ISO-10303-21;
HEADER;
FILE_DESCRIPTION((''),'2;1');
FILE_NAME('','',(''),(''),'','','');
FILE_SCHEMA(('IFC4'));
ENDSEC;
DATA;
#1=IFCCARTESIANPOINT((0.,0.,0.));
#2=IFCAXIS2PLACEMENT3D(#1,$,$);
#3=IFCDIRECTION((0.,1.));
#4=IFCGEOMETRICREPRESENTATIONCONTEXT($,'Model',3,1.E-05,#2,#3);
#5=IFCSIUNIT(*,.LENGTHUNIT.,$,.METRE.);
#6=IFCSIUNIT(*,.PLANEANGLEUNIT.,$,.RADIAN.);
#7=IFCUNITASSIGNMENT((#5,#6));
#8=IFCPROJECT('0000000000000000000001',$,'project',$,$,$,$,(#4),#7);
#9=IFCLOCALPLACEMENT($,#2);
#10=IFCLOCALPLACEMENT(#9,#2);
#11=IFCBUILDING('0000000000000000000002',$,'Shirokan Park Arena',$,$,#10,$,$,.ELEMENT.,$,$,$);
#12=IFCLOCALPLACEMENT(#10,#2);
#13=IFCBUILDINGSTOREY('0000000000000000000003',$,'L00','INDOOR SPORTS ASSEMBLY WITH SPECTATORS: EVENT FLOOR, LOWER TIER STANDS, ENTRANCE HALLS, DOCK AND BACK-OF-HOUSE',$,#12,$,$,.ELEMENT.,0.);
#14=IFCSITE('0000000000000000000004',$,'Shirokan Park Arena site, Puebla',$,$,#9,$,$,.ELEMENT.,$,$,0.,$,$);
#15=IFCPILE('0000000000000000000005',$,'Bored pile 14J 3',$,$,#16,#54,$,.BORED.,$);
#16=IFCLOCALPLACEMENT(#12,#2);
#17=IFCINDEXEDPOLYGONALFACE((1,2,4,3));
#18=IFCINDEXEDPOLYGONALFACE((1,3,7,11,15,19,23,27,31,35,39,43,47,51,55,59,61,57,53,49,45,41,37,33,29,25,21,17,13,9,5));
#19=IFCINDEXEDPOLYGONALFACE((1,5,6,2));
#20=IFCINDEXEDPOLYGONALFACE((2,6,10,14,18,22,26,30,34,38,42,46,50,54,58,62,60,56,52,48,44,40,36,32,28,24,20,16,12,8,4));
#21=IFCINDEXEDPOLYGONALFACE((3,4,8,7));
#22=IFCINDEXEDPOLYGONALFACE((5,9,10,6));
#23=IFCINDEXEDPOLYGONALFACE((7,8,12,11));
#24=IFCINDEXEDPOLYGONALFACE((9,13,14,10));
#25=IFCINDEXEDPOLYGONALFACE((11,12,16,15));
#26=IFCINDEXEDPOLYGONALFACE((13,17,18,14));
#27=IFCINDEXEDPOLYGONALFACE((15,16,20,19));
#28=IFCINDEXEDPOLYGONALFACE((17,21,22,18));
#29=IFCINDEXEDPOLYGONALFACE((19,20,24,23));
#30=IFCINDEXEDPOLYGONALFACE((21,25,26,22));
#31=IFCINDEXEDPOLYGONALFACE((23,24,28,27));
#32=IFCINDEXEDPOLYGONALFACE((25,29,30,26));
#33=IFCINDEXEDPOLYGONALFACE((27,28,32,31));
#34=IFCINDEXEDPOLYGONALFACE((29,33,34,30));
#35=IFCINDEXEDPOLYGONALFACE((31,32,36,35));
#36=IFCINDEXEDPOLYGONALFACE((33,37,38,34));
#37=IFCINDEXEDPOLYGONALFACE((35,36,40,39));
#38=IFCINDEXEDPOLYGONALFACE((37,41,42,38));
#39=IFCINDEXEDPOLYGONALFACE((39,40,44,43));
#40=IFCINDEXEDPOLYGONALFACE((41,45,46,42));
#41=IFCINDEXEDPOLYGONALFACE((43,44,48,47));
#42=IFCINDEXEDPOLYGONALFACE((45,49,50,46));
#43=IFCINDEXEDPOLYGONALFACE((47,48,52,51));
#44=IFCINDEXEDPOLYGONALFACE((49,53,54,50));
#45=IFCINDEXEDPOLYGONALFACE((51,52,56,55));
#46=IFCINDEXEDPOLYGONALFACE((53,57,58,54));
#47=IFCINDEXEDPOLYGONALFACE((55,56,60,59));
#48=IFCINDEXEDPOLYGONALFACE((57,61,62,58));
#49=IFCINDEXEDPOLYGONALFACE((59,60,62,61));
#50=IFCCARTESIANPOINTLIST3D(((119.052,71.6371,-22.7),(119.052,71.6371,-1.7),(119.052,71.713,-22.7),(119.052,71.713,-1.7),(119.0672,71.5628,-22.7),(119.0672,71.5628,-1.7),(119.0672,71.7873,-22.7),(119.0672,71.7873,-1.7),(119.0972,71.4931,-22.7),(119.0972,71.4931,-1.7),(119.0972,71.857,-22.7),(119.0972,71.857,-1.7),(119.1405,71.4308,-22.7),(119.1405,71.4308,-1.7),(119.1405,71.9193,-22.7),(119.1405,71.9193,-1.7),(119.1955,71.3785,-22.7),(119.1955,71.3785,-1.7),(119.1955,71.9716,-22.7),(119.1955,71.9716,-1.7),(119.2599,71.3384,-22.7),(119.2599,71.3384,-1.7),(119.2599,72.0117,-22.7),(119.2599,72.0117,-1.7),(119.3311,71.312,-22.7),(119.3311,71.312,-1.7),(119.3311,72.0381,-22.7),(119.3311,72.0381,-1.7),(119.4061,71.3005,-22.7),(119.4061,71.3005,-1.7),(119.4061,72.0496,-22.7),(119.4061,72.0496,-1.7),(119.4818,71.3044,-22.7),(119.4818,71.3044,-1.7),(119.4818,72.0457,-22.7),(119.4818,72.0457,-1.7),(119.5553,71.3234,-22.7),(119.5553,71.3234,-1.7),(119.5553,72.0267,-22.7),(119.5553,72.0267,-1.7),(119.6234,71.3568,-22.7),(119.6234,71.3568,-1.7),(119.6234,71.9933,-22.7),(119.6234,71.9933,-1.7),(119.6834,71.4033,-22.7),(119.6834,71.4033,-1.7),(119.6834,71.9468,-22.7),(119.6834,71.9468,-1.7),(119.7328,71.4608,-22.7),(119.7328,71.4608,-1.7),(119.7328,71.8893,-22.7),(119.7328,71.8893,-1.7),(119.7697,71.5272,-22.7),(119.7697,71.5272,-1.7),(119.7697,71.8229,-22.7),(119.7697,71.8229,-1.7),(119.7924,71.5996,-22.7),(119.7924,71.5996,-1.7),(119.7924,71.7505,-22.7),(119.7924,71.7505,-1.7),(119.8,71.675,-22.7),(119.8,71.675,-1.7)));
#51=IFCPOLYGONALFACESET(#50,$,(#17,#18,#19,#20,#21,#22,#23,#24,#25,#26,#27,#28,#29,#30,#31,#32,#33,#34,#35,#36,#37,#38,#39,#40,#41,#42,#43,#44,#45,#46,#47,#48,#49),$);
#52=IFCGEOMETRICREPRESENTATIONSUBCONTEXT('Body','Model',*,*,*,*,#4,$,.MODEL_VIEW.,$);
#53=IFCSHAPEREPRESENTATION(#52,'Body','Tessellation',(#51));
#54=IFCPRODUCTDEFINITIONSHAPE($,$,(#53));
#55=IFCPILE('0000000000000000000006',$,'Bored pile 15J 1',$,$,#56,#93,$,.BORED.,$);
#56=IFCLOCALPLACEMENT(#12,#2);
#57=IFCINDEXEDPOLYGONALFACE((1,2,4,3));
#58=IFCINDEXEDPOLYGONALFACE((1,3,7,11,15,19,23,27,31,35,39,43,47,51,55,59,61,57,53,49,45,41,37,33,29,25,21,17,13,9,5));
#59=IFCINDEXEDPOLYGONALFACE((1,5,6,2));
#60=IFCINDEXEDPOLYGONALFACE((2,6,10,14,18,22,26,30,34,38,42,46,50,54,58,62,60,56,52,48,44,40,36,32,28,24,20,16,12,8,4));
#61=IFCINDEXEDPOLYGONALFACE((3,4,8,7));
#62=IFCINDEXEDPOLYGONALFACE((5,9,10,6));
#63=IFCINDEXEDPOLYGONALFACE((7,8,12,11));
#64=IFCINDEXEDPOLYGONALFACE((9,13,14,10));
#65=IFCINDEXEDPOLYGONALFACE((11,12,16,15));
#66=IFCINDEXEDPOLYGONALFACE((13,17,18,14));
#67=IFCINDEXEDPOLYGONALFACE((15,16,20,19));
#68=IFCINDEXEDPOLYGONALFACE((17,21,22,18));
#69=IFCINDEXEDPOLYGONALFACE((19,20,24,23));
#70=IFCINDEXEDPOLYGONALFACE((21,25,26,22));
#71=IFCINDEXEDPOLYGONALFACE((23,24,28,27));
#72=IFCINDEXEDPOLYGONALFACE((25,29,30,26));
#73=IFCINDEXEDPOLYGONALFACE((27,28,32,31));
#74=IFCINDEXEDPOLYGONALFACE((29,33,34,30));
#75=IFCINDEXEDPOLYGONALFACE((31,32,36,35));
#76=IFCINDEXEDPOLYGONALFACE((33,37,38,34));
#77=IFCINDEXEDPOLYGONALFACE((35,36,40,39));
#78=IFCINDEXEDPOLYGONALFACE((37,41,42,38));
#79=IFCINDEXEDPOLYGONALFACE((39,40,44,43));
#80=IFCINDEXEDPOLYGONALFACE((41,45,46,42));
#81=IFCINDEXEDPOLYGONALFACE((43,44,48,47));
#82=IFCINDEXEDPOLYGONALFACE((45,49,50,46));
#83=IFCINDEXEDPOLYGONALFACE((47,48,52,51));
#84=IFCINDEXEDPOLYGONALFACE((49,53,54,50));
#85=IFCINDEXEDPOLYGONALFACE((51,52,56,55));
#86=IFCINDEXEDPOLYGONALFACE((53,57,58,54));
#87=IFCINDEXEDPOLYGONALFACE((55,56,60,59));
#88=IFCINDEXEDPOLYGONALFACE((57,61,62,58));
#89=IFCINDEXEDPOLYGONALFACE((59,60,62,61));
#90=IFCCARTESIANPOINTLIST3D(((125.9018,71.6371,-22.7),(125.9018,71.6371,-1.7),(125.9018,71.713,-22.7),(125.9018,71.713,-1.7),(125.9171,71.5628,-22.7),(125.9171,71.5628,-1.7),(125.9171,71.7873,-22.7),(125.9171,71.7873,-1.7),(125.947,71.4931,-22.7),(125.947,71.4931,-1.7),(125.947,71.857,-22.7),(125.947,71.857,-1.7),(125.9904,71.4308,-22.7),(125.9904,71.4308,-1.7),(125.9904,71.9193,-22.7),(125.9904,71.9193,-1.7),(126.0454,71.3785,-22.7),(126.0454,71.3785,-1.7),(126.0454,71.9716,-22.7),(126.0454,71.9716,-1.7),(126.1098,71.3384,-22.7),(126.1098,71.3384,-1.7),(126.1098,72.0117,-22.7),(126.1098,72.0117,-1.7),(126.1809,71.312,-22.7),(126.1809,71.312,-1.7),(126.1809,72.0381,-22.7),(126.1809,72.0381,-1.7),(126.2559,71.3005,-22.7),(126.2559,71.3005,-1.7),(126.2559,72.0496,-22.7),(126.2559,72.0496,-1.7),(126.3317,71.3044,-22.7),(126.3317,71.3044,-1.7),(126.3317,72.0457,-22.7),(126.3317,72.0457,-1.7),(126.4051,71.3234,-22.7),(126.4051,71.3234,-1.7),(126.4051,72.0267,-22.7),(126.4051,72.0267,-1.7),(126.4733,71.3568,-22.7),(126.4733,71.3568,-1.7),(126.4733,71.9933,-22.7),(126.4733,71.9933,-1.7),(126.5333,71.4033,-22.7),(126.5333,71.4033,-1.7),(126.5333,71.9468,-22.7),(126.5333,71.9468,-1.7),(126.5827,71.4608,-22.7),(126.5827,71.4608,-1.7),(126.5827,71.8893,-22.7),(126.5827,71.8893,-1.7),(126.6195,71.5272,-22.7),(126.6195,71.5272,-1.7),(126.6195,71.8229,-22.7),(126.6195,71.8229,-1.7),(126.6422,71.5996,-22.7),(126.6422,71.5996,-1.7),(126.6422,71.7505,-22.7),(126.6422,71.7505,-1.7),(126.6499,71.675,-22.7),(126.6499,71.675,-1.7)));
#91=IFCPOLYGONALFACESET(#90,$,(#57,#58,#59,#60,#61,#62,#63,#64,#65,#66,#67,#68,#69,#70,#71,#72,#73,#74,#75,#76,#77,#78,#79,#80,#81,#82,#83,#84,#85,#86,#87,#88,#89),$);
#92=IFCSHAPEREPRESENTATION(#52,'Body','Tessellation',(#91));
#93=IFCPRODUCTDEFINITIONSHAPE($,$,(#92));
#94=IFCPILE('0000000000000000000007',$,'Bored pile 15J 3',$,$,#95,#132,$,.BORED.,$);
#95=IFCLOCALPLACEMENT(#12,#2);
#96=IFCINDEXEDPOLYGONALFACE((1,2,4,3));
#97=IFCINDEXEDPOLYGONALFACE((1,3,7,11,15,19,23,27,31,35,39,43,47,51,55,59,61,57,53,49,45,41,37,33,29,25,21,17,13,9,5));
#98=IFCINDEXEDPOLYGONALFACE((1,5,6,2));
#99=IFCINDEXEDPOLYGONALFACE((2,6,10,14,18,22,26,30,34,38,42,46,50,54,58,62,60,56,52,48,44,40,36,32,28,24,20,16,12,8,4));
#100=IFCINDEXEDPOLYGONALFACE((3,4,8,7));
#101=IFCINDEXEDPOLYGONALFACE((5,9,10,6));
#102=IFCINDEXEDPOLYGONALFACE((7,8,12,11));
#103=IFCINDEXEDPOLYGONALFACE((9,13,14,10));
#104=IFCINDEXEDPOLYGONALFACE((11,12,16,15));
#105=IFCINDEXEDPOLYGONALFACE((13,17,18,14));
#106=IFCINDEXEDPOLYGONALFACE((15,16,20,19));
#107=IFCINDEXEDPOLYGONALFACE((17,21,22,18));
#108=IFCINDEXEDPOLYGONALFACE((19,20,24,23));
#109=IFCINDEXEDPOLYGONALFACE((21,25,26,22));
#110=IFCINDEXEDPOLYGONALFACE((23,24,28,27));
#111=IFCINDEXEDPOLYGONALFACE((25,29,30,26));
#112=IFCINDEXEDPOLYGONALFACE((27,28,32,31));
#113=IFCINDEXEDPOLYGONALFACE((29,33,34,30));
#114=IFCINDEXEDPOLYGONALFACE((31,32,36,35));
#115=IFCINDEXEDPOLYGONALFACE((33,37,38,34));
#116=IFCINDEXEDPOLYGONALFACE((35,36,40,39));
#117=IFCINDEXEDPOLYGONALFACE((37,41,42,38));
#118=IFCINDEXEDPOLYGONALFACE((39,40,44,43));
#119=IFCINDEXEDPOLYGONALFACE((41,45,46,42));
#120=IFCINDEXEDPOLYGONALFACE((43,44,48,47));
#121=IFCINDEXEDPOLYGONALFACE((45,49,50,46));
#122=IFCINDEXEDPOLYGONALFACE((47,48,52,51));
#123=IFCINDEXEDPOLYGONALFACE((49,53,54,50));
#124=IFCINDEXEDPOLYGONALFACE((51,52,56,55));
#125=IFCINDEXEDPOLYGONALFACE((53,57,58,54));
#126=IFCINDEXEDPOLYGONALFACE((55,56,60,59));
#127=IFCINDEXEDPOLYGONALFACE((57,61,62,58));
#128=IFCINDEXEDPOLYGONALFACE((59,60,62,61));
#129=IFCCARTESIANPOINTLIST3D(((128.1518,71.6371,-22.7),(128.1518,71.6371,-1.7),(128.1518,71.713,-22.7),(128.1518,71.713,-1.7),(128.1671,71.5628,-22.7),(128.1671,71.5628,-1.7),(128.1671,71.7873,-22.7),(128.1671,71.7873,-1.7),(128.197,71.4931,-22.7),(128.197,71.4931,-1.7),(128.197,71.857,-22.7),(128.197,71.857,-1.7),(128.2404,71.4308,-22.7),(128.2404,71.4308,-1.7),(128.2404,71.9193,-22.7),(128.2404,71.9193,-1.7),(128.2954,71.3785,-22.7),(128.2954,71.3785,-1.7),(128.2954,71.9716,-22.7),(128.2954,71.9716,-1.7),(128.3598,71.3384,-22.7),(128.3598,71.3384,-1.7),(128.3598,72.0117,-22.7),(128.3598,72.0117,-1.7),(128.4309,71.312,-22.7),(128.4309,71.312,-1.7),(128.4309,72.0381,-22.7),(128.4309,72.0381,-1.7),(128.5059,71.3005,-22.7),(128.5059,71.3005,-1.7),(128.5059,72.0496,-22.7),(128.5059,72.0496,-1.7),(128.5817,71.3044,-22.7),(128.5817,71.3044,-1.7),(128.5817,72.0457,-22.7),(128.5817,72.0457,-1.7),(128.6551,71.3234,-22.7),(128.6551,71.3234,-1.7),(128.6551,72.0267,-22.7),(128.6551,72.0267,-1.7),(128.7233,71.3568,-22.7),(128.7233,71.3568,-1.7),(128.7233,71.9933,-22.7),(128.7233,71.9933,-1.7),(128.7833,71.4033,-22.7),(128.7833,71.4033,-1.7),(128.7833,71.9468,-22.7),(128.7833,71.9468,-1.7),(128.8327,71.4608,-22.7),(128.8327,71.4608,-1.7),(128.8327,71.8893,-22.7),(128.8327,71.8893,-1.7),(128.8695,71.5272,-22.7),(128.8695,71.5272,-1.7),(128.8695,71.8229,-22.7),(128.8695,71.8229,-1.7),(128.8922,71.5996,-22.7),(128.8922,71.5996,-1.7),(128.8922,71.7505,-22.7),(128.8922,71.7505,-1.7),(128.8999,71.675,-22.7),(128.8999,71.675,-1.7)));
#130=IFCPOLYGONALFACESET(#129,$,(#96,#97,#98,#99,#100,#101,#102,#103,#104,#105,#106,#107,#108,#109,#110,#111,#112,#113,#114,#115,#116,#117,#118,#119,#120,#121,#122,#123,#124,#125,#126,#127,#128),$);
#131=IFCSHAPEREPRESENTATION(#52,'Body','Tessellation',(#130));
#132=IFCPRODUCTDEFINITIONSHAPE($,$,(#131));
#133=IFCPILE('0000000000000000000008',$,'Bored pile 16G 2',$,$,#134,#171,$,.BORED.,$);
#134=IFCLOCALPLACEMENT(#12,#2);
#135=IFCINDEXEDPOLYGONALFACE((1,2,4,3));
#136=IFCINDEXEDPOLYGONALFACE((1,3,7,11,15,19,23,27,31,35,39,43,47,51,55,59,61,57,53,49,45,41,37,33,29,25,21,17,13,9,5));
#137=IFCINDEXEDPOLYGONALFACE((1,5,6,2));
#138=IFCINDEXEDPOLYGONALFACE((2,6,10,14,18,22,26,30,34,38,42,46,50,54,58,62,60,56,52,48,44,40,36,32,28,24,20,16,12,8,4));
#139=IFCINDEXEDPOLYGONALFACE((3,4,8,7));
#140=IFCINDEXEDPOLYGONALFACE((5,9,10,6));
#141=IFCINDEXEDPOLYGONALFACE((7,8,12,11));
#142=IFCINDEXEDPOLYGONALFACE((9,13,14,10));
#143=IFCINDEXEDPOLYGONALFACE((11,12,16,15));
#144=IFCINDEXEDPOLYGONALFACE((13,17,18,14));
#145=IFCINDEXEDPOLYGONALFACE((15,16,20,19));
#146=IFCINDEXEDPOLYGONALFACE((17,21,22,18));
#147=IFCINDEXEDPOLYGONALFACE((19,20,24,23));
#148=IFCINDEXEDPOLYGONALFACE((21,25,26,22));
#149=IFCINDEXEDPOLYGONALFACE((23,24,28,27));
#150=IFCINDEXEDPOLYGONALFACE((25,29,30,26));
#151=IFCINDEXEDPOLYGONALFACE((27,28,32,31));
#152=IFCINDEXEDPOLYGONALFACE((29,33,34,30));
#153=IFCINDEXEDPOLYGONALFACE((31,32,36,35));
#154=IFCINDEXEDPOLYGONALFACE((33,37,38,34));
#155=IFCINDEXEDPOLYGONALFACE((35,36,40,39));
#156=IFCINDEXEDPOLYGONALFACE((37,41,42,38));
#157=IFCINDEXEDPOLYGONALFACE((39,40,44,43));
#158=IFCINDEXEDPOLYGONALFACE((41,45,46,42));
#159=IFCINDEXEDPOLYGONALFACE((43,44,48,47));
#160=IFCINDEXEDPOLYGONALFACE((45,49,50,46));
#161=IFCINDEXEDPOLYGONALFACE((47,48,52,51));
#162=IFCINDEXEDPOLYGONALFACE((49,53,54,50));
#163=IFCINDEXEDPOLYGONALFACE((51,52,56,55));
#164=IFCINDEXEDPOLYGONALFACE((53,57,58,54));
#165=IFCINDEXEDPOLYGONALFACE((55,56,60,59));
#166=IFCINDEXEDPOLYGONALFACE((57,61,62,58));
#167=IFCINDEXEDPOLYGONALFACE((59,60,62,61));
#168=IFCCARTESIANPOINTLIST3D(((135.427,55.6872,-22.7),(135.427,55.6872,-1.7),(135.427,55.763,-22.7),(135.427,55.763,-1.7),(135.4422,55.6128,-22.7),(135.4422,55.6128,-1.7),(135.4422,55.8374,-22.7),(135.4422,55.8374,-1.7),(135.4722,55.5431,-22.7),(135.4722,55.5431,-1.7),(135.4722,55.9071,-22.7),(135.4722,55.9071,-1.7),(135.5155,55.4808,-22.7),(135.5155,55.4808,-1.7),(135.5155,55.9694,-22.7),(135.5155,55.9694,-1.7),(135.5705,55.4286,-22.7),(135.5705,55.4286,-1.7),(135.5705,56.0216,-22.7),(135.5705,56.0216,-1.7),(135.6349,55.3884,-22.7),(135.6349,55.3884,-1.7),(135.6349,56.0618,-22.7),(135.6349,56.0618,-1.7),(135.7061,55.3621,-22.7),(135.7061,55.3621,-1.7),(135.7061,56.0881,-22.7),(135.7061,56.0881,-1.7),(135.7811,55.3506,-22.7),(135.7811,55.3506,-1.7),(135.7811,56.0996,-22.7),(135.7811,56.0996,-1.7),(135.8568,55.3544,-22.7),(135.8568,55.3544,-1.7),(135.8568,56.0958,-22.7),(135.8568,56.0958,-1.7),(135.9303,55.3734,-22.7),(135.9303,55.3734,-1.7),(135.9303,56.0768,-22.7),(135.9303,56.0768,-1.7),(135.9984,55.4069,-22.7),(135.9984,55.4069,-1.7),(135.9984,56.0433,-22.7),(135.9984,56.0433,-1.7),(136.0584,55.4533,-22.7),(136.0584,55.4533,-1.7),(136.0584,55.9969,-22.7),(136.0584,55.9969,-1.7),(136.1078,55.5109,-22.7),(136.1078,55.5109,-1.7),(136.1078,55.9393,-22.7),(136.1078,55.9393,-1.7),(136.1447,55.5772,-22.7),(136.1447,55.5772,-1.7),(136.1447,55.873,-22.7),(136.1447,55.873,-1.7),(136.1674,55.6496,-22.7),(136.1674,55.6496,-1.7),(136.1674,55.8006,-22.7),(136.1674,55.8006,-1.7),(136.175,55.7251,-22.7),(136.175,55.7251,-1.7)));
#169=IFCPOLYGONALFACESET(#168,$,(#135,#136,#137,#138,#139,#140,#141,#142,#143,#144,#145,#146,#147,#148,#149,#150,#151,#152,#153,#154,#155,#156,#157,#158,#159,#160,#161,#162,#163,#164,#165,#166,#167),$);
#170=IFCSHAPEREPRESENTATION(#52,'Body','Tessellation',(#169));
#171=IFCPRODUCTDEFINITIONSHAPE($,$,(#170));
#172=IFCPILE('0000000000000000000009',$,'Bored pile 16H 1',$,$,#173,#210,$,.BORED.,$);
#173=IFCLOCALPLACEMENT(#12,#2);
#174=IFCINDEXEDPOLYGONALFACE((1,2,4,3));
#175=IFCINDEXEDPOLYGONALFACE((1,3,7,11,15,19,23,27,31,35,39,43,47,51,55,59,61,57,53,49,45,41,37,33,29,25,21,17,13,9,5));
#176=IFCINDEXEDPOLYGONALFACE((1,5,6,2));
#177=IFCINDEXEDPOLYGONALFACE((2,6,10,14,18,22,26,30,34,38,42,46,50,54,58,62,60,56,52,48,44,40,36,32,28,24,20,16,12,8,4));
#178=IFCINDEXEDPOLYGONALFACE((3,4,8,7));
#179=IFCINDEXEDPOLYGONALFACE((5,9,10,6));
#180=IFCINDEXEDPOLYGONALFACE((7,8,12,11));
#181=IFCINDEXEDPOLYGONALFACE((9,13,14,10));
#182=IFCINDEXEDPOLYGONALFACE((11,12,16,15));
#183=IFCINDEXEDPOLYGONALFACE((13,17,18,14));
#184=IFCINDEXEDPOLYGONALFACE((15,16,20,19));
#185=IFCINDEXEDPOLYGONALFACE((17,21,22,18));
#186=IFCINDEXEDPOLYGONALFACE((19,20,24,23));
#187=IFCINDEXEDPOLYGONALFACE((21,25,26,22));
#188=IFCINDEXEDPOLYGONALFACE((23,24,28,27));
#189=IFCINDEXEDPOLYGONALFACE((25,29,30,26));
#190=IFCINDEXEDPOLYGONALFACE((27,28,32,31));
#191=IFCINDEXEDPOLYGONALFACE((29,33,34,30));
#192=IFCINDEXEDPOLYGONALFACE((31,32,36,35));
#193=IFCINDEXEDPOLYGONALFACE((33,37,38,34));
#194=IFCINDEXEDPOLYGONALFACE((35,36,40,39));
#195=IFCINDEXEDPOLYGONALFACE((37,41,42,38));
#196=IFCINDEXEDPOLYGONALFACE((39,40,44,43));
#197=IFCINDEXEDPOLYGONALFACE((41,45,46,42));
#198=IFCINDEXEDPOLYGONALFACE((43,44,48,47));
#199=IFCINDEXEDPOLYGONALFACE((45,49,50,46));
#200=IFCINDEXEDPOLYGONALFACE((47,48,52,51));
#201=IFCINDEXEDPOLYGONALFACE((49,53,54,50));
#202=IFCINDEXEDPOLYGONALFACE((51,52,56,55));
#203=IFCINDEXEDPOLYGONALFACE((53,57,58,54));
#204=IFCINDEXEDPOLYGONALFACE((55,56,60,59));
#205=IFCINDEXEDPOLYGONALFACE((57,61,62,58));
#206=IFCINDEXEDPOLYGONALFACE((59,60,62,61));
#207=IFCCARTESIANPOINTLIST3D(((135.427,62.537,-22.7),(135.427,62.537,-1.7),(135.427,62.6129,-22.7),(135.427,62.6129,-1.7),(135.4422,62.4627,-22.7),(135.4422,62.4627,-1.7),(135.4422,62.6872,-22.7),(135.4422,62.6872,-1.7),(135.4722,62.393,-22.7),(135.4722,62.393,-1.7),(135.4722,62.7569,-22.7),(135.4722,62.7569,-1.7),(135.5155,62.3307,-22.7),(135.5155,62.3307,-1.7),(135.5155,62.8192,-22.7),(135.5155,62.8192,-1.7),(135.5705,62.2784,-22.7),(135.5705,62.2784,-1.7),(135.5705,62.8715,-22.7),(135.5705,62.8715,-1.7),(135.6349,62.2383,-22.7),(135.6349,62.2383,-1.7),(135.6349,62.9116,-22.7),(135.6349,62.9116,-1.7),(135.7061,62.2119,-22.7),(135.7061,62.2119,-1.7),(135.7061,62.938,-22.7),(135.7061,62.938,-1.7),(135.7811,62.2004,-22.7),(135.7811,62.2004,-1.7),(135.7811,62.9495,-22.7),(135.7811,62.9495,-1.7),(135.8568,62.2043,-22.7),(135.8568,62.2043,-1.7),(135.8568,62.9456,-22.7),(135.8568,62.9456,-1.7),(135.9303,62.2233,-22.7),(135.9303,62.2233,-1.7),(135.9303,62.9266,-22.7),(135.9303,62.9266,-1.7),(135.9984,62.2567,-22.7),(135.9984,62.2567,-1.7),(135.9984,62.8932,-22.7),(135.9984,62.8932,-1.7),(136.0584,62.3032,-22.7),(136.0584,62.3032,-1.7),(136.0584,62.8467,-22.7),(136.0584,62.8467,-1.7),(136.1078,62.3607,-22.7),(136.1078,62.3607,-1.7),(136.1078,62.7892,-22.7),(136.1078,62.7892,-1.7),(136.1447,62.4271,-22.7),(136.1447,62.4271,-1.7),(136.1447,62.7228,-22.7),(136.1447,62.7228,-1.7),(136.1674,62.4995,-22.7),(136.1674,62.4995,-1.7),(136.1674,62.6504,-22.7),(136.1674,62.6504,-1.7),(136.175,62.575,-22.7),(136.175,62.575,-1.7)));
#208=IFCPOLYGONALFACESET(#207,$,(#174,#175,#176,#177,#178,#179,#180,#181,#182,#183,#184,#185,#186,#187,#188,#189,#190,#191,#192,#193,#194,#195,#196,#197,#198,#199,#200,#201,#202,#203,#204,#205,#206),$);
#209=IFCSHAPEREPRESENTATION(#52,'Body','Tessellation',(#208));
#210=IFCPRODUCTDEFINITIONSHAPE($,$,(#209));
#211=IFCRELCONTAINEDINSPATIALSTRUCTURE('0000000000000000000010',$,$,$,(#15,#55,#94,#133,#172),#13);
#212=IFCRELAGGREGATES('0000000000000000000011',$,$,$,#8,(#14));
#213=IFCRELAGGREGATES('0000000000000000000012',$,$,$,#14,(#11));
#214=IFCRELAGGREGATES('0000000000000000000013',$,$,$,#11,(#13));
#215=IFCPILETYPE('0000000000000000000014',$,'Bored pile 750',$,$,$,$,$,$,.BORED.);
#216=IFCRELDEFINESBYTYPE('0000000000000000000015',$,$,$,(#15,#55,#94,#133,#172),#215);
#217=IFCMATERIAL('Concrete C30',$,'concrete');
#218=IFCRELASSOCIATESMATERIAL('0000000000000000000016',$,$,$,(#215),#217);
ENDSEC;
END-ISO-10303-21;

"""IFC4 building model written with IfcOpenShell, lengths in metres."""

from ifc_helpers import new_model, si_unit, direction, frame, origin, origin_2d, place, context, subcontext, project, spatial, circle, extrude, material, material_profile, profile_set, type_object, element, save


model = new_model("IFC4")

# Units and contexts
model_context = context("Model", 3, precision=1e-05, world=origin(), true_north=direction((0.0, 1.0)))
body_context = subcontext(model_context, "Body", "Model", "MODEL_VIEW")
ifc_project = project(units=[si_unit("LENGTHUNIT", "METRE"), si_unit("PLANEANGLEUNIT", "RADIAN")], contexts=[model_context])

# Site, building, storey
site_placement = place(None, origin())
site = spatial("IfcSite", under=ifc_project, at=site_placement, Name="Shirokan Park Arena site, Puebla", CompositionType="ELEMENT", RefElevation=0.0)
building_placement = place(site_placement, origin())
building = spatial("IfcBuilding", under=site, at=building_placement, Name="Shirokan Park Arena", CompositionType="ELEMENT")
storey_placement = place(building_placement, origin())
storey = spatial("IfcBuildingStorey", under=building, at=storey_placement, Name="L00", Description="INDOOR SPORTS ASSEMBLY WITH SPECTATORS: EVENT FLOOR, LOWER TIER STANDS, ENTRANCE HALLS, DOCK AND BACK-OF-HOUSE", CompositionType="ELEMENT", Elevation=0.0)

# Piles
ifc_material_1 = material(Name="Concrete C30", Category="concrete")
ifc_material_profile_1 = material_profile(ifc_material_1, circle(Radius=0.375, at=origin_2d()), Name="D750")
ifc_profile_set_1 = profile_set([ifc_material_profile_1], Name="Concrete C30")
pile_type_1 = type_object("IfcPileType", Name="Bored pile 750", PredefinedType="BORED", material=ifc_profile_set_1)
for number, where, z_axis, x_axis, name in (
    (1, (119.425, 71.675, -1.7), (0.0, 0.0, -1.0), (1.0, 0.0, 0.0), "Bored pile 14J 3"),
    (2, (126.2749, 71.675, -1.7), (0.0, 0.0, -1.0), (1.0, 0.0, 0.0), "Bored pile 15J 1"),
    (3, (128.5249, 71.675, -1.7), (0.0, 0.0, -1.0), (1.0, 0.0, 0.0), "Bored pile 15J 3"),
    (4, (135.8, 55.7251, -1.7), (0.0, 0.0, -1.0), (1.0, 0.0, 0.0), "Bored pile 16G 2"),
    (5, (135.8, 62.575, -1.7), (0.0, 0.0, -1.0), (1.0, 0.0, 0.0), "Bored pile 16H 1"),
):
    element("IfcPile", number, at=place(storey_placement, frame(where, z_axis=z_axis, x_axis=x_axis)), inside=storey, type_object=pile_type_1, Name=name, PredefinedType="BORED", context=body_context, shape_type="SweptSolid", body=[
        extrude(circle(Radius=0.375, at=origin_2d()), origin(), (0.0, 0.0, 1.0), 21.0),
    ])

save(model, "model.ifc")
